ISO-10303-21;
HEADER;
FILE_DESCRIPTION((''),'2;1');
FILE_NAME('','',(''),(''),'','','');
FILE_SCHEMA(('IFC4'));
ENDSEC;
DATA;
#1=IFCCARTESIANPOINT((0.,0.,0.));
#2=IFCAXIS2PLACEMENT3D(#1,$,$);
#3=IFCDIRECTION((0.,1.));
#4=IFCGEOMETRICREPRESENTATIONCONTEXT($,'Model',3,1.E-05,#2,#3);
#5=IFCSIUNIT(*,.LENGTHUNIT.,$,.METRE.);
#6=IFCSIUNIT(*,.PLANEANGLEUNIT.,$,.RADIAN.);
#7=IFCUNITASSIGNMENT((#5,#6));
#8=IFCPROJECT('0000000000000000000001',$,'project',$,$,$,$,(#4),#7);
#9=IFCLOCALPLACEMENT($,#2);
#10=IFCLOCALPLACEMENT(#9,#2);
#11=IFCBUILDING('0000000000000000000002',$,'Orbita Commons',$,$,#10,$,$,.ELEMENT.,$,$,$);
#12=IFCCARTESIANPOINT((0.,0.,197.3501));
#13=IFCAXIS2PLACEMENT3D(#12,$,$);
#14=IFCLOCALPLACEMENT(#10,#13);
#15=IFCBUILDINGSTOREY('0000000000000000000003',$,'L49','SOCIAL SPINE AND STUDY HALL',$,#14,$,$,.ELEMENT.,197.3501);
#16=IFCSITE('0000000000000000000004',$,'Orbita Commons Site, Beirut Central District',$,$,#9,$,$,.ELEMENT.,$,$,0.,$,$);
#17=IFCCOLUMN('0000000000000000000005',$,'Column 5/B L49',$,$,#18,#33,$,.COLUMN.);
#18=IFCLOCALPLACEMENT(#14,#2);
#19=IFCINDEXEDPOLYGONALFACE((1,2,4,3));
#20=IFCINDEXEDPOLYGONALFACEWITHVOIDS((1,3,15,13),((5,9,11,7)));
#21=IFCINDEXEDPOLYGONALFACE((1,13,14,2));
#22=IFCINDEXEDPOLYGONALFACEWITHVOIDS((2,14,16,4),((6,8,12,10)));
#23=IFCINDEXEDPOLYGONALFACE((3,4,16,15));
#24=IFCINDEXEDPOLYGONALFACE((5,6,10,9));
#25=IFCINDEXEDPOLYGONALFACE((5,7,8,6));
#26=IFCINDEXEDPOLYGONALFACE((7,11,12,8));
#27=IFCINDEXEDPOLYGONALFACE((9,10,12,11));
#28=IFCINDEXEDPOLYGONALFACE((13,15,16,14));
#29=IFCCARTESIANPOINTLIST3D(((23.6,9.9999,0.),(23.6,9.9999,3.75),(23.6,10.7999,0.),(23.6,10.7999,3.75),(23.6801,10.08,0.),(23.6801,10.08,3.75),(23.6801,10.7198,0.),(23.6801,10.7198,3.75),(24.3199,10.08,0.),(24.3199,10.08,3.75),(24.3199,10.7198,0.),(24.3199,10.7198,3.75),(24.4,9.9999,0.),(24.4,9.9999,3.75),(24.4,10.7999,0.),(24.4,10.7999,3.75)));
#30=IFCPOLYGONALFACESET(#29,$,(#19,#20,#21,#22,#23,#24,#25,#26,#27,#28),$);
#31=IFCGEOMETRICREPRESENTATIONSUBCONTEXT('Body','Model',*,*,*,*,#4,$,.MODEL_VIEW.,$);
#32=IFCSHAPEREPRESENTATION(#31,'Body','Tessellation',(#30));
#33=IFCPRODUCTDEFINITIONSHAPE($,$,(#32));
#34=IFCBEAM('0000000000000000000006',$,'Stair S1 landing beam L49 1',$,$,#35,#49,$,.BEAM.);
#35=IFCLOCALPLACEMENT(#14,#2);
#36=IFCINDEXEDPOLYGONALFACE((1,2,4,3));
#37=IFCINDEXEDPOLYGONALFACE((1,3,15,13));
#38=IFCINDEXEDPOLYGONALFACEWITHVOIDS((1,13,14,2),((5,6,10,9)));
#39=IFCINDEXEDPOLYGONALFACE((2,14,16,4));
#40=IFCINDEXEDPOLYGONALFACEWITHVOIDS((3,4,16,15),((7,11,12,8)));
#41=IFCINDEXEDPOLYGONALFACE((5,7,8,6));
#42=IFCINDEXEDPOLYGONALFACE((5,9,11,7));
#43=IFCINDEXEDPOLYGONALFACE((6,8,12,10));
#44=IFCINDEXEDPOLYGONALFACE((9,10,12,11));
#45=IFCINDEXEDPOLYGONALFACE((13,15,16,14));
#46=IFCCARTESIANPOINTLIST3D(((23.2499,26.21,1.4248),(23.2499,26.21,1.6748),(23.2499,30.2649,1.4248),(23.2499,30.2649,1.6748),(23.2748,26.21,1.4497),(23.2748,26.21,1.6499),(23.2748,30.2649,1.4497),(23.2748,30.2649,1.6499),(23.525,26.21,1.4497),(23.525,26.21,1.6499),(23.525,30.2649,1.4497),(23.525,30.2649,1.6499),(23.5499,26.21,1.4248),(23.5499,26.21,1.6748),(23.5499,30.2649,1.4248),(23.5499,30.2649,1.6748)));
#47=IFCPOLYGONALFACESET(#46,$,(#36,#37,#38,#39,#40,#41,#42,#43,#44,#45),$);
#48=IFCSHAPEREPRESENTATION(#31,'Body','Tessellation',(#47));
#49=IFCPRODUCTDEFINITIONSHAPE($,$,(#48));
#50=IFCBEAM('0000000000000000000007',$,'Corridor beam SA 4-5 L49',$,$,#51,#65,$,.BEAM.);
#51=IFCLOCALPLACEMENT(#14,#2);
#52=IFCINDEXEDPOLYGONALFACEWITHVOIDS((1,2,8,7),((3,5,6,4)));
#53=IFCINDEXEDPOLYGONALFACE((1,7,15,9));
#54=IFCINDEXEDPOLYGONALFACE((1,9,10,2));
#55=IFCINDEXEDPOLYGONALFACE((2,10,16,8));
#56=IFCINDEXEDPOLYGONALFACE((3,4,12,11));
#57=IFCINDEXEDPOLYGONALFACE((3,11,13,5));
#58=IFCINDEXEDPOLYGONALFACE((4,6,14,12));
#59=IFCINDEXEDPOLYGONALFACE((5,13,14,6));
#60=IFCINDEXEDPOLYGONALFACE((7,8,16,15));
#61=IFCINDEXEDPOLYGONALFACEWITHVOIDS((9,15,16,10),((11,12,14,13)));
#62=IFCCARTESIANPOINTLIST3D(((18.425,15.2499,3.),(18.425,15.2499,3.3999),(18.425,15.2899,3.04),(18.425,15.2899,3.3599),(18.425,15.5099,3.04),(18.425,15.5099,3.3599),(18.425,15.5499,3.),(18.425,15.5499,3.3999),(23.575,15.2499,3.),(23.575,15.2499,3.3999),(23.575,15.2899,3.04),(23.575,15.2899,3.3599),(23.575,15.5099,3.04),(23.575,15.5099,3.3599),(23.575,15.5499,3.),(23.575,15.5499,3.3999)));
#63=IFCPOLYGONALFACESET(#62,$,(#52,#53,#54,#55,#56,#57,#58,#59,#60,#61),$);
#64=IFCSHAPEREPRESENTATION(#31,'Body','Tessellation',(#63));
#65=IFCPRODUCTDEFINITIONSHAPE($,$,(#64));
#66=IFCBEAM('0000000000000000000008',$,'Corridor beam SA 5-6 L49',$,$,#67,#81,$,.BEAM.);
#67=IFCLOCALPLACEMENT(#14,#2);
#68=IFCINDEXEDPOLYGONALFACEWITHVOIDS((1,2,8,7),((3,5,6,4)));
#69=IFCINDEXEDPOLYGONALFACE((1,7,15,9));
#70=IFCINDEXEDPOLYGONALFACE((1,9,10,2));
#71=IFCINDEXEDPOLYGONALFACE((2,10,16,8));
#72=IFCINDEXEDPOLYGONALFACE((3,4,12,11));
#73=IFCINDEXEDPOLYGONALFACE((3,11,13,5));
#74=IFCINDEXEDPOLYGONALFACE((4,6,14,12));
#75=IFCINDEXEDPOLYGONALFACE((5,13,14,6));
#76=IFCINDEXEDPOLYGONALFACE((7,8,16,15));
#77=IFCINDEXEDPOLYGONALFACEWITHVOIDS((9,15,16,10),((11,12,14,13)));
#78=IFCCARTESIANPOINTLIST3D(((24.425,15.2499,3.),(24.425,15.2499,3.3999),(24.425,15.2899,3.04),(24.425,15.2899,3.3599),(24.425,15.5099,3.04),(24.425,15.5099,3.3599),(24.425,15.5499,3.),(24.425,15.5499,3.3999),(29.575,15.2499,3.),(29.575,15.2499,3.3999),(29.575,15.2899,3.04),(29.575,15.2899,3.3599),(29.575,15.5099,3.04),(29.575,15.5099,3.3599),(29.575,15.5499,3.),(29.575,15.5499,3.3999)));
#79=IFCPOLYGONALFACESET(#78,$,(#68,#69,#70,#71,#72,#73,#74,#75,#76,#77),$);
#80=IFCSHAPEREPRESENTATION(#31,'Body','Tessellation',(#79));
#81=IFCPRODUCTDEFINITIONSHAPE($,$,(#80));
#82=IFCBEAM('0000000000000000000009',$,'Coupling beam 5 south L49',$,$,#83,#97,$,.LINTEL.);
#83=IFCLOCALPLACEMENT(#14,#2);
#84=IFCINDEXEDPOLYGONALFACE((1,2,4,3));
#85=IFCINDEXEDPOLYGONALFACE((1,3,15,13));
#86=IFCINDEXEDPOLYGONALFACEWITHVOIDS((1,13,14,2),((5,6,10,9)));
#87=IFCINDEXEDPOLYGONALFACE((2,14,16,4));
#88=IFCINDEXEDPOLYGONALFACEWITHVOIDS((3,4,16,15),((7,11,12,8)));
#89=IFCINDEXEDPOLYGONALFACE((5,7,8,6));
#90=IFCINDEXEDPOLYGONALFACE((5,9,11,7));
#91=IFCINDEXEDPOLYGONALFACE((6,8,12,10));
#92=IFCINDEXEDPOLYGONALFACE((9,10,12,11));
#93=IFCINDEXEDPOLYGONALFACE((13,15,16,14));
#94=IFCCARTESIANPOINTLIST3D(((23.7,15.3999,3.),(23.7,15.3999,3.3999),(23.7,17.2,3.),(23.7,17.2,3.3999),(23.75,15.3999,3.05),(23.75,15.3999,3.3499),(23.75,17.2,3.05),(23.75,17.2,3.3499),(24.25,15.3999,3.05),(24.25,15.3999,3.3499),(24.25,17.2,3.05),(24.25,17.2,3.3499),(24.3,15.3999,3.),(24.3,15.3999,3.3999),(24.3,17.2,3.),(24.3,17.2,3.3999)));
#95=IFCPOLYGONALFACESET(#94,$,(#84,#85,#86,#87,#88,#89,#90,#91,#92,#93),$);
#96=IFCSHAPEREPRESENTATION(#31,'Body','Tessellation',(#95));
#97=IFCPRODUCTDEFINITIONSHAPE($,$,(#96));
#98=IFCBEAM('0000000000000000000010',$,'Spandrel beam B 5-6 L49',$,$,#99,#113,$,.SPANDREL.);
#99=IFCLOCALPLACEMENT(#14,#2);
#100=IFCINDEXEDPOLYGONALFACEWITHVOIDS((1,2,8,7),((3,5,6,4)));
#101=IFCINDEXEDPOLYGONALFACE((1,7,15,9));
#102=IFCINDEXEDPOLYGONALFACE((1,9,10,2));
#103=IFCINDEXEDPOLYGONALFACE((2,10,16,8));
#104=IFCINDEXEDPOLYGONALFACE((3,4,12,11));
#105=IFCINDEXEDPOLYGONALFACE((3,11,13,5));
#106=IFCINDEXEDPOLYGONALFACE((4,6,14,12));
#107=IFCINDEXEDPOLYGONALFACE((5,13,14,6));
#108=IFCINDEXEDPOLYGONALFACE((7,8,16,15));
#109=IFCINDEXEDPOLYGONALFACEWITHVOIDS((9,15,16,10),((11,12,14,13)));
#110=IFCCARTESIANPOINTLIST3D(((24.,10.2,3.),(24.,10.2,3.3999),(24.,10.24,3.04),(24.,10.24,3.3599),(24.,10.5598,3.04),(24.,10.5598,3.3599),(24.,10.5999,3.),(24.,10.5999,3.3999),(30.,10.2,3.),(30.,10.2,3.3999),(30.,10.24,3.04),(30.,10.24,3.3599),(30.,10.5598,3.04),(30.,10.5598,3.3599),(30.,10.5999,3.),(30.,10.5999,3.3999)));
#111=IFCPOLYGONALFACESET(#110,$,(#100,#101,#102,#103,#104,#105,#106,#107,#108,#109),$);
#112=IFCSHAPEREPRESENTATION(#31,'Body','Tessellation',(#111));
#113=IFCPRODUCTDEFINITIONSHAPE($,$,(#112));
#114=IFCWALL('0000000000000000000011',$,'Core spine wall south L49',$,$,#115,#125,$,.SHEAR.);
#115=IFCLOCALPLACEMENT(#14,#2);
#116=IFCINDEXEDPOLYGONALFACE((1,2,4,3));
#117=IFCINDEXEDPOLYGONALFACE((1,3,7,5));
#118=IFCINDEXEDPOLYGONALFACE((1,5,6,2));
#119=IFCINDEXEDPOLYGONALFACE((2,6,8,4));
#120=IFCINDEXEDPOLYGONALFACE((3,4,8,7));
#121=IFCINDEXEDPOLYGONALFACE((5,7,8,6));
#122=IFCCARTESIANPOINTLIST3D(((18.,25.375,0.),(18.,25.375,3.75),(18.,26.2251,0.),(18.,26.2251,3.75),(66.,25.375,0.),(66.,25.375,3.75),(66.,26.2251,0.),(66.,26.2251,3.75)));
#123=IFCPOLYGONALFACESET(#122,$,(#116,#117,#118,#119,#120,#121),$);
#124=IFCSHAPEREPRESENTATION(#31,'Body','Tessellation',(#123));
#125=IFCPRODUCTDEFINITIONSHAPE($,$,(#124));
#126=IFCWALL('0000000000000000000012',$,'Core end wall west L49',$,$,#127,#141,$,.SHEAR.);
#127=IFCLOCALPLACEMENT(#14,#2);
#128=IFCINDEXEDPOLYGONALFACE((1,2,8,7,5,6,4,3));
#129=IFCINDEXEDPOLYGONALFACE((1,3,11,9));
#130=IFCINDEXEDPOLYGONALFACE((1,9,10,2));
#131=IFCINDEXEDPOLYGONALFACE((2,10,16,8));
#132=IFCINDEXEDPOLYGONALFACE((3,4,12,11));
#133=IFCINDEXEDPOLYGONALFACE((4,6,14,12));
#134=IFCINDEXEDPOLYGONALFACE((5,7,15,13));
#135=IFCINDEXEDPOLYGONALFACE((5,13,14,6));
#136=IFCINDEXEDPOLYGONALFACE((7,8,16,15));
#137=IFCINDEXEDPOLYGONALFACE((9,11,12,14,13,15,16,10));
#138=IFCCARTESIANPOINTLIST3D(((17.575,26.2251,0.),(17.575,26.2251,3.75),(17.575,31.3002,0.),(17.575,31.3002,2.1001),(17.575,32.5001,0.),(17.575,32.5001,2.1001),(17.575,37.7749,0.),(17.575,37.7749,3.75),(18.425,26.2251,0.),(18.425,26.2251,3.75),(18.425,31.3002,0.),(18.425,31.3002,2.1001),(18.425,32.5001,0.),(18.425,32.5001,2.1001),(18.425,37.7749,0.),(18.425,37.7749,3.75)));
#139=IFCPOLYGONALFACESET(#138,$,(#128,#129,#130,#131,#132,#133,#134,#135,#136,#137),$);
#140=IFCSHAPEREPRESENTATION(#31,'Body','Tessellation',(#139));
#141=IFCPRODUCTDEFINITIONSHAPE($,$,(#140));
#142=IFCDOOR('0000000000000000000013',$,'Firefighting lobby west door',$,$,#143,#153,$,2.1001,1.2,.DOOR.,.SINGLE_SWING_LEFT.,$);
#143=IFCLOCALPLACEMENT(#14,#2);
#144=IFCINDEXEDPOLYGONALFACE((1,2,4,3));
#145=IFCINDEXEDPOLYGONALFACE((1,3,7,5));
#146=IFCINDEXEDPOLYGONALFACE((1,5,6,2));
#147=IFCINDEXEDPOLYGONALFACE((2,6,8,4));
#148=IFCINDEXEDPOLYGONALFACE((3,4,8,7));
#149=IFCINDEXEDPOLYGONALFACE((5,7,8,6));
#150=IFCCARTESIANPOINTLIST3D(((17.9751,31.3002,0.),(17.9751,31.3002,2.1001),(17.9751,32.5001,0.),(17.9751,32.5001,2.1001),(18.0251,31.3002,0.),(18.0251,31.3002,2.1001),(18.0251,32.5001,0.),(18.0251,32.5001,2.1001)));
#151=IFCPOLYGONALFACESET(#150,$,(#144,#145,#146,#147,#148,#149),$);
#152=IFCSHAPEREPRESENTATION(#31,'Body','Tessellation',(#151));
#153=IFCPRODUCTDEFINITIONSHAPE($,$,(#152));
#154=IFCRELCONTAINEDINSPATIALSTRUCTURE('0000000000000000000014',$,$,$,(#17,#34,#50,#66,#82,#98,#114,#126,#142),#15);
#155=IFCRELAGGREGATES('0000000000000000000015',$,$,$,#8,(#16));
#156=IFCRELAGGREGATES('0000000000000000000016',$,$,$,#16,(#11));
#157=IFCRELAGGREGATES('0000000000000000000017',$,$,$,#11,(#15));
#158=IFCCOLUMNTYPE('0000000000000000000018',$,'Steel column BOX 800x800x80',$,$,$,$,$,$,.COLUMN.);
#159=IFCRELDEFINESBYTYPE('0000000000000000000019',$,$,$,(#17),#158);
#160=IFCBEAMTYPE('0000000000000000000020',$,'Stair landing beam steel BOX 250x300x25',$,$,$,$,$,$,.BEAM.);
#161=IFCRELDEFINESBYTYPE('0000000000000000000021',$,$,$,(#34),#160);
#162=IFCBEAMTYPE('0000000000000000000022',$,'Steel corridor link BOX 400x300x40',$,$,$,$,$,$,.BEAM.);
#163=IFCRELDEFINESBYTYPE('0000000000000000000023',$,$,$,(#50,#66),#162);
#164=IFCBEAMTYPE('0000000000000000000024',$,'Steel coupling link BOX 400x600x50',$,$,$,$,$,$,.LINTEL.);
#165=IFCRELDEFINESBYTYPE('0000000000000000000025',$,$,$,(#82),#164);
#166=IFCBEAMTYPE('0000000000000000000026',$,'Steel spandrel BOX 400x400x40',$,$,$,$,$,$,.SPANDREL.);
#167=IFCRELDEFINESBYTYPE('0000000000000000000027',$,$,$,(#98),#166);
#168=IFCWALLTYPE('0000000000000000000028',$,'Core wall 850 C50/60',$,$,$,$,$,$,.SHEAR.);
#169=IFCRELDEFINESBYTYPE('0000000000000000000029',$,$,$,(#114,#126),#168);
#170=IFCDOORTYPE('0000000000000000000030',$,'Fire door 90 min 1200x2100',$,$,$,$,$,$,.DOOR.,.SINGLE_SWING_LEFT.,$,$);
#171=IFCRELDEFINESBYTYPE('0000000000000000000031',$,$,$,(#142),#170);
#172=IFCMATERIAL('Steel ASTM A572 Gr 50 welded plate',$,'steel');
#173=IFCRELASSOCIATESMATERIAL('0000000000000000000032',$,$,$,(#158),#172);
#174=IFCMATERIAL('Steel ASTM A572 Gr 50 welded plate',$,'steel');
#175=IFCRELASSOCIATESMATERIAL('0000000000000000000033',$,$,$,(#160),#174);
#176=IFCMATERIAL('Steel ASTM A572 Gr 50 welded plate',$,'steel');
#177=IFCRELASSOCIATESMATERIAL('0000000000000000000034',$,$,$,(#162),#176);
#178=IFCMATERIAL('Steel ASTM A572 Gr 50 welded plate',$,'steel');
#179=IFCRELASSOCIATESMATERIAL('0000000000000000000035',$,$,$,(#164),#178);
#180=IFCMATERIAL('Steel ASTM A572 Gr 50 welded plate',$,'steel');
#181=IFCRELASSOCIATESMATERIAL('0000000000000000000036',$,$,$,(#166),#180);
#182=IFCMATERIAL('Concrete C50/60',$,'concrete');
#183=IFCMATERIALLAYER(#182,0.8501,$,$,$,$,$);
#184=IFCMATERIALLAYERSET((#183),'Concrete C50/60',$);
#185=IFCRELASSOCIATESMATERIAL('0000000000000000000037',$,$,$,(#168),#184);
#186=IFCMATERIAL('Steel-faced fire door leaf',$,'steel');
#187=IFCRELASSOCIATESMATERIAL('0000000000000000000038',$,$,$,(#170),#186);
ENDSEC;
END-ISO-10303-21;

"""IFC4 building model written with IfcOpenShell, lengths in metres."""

from ifc_helpers import new_model, si_unit, direction, frame, frame_2d, origin, origin_2d, place, context, subcontext, project, spatial, rectangle, hollow_rectangle, extrude, material, layer, layer_set, material_profile, profile_set, type_object, element, fill, save


model = new_model("IFC4")

# Units and contexts
model_context = context("Model", 3, precision=1e-05, world=origin(), true_north=direction((0.0, 1.0)))
body_context = subcontext(model_context, "Body", "Model", "MODEL_VIEW")
ifc_project = project(units=[si_unit("LENGTHUNIT", "METRE"), si_unit("PLANEANGLEUNIT", "RADIAN")], contexts=[model_context])

# Site, building, storey
site_placement = place(None, origin())
site = spatial("IfcSite", under=ifc_project, at=site_placement, Name="Orbita Commons Site, Beirut Central District", CompositionType="ELEMENT", RefElevation=0.0)
building_placement = place(site_placement, origin())
building = spatial("IfcBuilding", under=site, at=building_placement, Name="Orbita Commons", CompositionType="ELEMENT")
storey_placement = place(building_placement, frame((0.0, 0.0, 197.3501)))
storey = spatial("IfcBuildingStorey", under=building, at=storey_placement, Name="L49", Description="SOCIAL SPINE AND STUDY HALL", CompositionType="ELEMENT", Elevation=197.3501)

# Column
ifc_material_1 = material(Name="Steel ASTM A572 Gr 50 welded plate", Category="steel")
ifc_material_profile_1 = material_profile(ifc_material_1, hollow_rectangle(XDim=0.8, YDim=0.8, WallThickness=0.0801, at=origin_2d()), Name="BOX 800x800x80")
ifc_profile_set_1 = profile_set([ifc_material_profile_1], Name="Steel ASTM A572 Gr 50 welded plate")
column_type = type_object("IfcColumnType", Name="Steel column BOX 800x800x80", PredefinedType="COLUMN", material=ifc_profile_set_1)
column_placement = place(storey_placement, frame((24.0, 10.3999, 0.0), z_axis=(0.0, 0.0, 1.0), x_axis=(1.0, 0.0, 0.0)))
element("IfcColumn", 1, at=column_placement, inside=storey, type_object=column_type, Name="Column 5/B L49", PredefinedType="COLUMN", context=body_context, shape_type="SweptSolid", body=[
    extrude(hollow_rectangle(XDim=0.8, YDim=0.8, WallThickness=0.0801, at=origin_2d()), origin(), (0.0, 0.0, 1.0), 3.75),
])

# Beams
ifc_material_2 = material(Name="Steel ASTM A572 Gr 50 welded plate", Category="steel")
ifc_material_profile_2 = material_profile(ifc_material_2, hollow_rectangle(XDim=0.3, YDim=0.25, WallThickness=0.0249, at=origin_2d()), Name="BOX 250x300x25")
ifc_profile_set_2 = profile_set([ifc_material_profile_2], Name="Steel ASTM A572 Gr 50 welded plate")
beam_type_1 = type_object("IfcBeamType", Name="Stair landing beam steel BOX 250x300x25", PredefinedType="BEAM", material=ifc_profile_set_2)
beam_1_placement = place(storey_placement, frame((23.3999, 26.21, 1.5498), z_axis=(0.0, 1.0, 0.0), x_axis=(-1.0, 0.0, 0.0)))
element("IfcBeam", 2, at=beam_1_placement, inside=storey, type_object=beam_type_1, Name="Stair S1 landing beam L49 1", PredefinedType="BEAM", context=body_context, shape_type="SweptSolid", body=[
    extrude(hollow_rectangle(XDim=0.3, YDim=0.25, WallThickness=0.0249, at=origin_2d()), origin(), (0.0, 0.0, 1.0), 4.0549),
])
ifc_material_3 = material(Name="Steel ASTM A572 Gr 50 welded plate", Category="steel")
ifc_material_profile_3 = material_profile(ifc_material_3, hollow_rectangle(XDim=0.3, YDim=0.3999, WallThickness=0.04, at=origin_2d()), Name="BOX 400x300x40")
ifc_profile_set_3 = profile_set([ifc_material_profile_3], Name="Steel ASTM A572 Gr 50 welded plate")
beam_type_2 = type_object("IfcBeamType", Name="Steel corridor link BOX 400x300x40", PredefinedType="BEAM", material=ifc_profile_set_3)
for number, where, z_axis, x_axis, name in (
    (3, (18.425, 15.3999, 3.2), (1.0, 0.0, 0.0), (0.0, 1.0, 0.0), "Corridor beam SA 4-5 L49"),
    (4, (24.425, 15.3999, 3.2), (1.0, 0.0, 0.0), (0.0, 1.0, 0.0), "Corridor beam SA 5-6 L49"),
):
    element("IfcBeam", number, at=place(storey_placement, frame(where, z_axis=z_axis, x_axis=x_axis)), inside=storey, type_object=beam_type_2, Name=name, PredefinedType="BEAM", context=body_context, shape_type="SweptSolid", body=[
        extrude(hollow_rectangle(XDim=0.3, YDim=0.3999, WallThickness=0.04, at=origin_2d()), origin(), (0.0, 0.0, 1.0), 5.1499),
    ])
ifc_material_4 = material(Name="Steel ASTM A572 Gr 50 welded plate", Category="steel")
ifc_material_profile_4 = material_profile(ifc_material_4, hollow_rectangle(XDim=0.6001, YDim=0.3999, WallThickness=0.05, at=origin_2d()), Name="BOX 400x600x50")
ifc_profile_set_4 = profile_set([ifc_material_profile_4], Name="Steel ASTM A572 Gr 50 welded plate")
beam_type_3 = type_object("IfcBeamType", Name="Steel coupling link BOX 400x600x50", PredefinedType="LINTEL", material=ifc_profile_set_4)
beam_2_placement = place(storey_placement, frame((24.0, 15.3999, 3.2), z_axis=(0.0, 1.0, 0.0), x_axis=(-1.0, 0.0, 0.0)))
element("IfcBeam", 5, at=beam_2_placement, inside=storey, type_object=beam_type_3, Name="Coupling beam 5 south L49", PredefinedType="LINTEL", context=body_context, shape_type="SweptSolid", body=[
    extrude(hollow_rectangle(XDim=0.6001, YDim=0.3999, WallThickness=0.05, at=origin_2d()), origin(), (0.0, 0.0, 1.0), 1.8),
])
ifc_material_5 = material(Name="Steel ASTM A572 Gr 50 welded plate", Category="steel")
ifc_material_profile_5 = material_profile(ifc_material_5, hollow_rectangle(XDim=0.3999, YDim=0.3999, WallThickness=0.04, at=origin_2d()), Name="BOX 400x400x40")
ifc_profile_set_5 = profile_set([ifc_material_profile_5], Name="Steel ASTM A572 Gr 50 welded plate")
beam_type_4 = type_object("IfcBeamType", Name="Steel spandrel BOX 400x400x40", PredefinedType="SPANDREL", material=ifc_profile_set_5)
beam_3_placement = place(storey_placement, frame((24.0, 10.3999, 3.2), z_axis=(1.0, 0.0, 0.0), x_axis=(0.0, 1.0, 0.0)))
element("IfcBeam", 6, at=beam_3_placement, inside=storey, type_object=beam_type_4, Name="Spandrel beam B 5-6 L49", PredefinedType="SPANDREL", context=body_context, shape_type="SweptSolid", body=[
    extrude(hollow_rectangle(XDim=0.3999, YDim=0.3999, WallThickness=0.04, at=origin_2d()), origin(), (0.0, 0.0, 1.0), 6.0),
])

# Wall
ifc_material_6 = material(Name="Concrete C50/60", Category="concrete")
ifc_layer_1 = layer(ifc_material_6, 0.8501)
ifc_layer_set_1 = layer_set([ifc_layer_1], Name="Concrete C50/60")
wall_type_1 = type_object("IfcWallType", Name="Core wall 850 C50/60", PredefinedType="SHEAR", material=ifc_layer_set_1)
wall_1_placement = place(storey_placement, frame((18.0, 25.8, 0.0), z_axis=(0.0, 0.0, 1.0), x_axis=(1.0, 0.0, 0.0)))
element("IfcWall", 7, at=wall_1_placement, inside=storey, type_object=wall_type_1, Name="Core spine wall south L49", PredefinedType="SHEAR", context=body_context, shape_type="SweptSolid", body=[
    extrude(rectangle(XDim=48.0, YDim=0.8501, at=frame_2d((24.0, 0.0))), origin(), (0.0, 0.0, 1.0), 3.75),
])

# Wall, opening, door
wall_2_placement = place(storey_placement, frame((18.0, 26.2251, 0.0), z_axis=(0.0, 0.0, 1.0), x_axis=(0.0, 1.0, 0.0)))
wall_2 = element("IfcWall", 8, at=wall_2_placement, inside=storey, type_object=wall_type_1, Name="Core end wall west L49", PredefinedType="SHEAR", context=body_context, shape_type="SweptSolid", body=[
    extrude(rectangle(XDim=11.5498, YDim=0.8501, at=frame_2d((5.7749, 0.0))), origin(), (0.0, 0.0, 1.0), 3.75),
])
opening_1_placement = place(wall_2_placement, frame((5.075, 0.0, 0.0)))
opening_1 = element("IfcOpeningElement", 9, at=opening_1_placement, cuts=wall_2, PredefinedType="OPENING", context=body_context, shape_type="SweptSolid", body=[
    extrude(rectangle(XDim=1.2, YDim=2.1001, at=frame_2d((0.6001, 1.05))), frame((0.0, 0.4351, 0.0), z_axis=(0.0, -1.0, 0.0), x_axis=(1.0, 0.0, 0.0)), (0.0, 0.0, 1.0), 0.8701),
])
ifc_material_7 = material(Name="Steel-faced fire door leaf", Category="steel")
door_type_1 = type_object("IfcDoorType", Name="Fire door 90 min 1200x2100", OperationType="SINGLE_SWING_LEFT", PredefinedType="DOOR", material=ifc_material_7)
door_1_placement = place(opening_1_placement, origin())
door_1 = element("IfcDoor", 10, at=door_1_placement, inside=storey, type_object=door_type_1, Name="Firefighting lobby west door", OperationType="SINGLE_SWING_LEFT", OverallHeight=2.1001, OverallWidth=1.2, PredefinedType="DOOR", context=body_context, shape_type="SweptSolid", body=[
    extrude(rectangle(XDim=1.2, YDim=2.1001, at=frame_2d((0.6001, 1.05))), frame((0.0, 0.0249, 0.0), z_axis=(0.0, -1.0, 0.0), x_axis=(1.0, 0.0, 0.0)), (0.0, 0.0, 1.0), 0.05),
])
fill(opening_1, door_1)

save(model, "model.ifc")
